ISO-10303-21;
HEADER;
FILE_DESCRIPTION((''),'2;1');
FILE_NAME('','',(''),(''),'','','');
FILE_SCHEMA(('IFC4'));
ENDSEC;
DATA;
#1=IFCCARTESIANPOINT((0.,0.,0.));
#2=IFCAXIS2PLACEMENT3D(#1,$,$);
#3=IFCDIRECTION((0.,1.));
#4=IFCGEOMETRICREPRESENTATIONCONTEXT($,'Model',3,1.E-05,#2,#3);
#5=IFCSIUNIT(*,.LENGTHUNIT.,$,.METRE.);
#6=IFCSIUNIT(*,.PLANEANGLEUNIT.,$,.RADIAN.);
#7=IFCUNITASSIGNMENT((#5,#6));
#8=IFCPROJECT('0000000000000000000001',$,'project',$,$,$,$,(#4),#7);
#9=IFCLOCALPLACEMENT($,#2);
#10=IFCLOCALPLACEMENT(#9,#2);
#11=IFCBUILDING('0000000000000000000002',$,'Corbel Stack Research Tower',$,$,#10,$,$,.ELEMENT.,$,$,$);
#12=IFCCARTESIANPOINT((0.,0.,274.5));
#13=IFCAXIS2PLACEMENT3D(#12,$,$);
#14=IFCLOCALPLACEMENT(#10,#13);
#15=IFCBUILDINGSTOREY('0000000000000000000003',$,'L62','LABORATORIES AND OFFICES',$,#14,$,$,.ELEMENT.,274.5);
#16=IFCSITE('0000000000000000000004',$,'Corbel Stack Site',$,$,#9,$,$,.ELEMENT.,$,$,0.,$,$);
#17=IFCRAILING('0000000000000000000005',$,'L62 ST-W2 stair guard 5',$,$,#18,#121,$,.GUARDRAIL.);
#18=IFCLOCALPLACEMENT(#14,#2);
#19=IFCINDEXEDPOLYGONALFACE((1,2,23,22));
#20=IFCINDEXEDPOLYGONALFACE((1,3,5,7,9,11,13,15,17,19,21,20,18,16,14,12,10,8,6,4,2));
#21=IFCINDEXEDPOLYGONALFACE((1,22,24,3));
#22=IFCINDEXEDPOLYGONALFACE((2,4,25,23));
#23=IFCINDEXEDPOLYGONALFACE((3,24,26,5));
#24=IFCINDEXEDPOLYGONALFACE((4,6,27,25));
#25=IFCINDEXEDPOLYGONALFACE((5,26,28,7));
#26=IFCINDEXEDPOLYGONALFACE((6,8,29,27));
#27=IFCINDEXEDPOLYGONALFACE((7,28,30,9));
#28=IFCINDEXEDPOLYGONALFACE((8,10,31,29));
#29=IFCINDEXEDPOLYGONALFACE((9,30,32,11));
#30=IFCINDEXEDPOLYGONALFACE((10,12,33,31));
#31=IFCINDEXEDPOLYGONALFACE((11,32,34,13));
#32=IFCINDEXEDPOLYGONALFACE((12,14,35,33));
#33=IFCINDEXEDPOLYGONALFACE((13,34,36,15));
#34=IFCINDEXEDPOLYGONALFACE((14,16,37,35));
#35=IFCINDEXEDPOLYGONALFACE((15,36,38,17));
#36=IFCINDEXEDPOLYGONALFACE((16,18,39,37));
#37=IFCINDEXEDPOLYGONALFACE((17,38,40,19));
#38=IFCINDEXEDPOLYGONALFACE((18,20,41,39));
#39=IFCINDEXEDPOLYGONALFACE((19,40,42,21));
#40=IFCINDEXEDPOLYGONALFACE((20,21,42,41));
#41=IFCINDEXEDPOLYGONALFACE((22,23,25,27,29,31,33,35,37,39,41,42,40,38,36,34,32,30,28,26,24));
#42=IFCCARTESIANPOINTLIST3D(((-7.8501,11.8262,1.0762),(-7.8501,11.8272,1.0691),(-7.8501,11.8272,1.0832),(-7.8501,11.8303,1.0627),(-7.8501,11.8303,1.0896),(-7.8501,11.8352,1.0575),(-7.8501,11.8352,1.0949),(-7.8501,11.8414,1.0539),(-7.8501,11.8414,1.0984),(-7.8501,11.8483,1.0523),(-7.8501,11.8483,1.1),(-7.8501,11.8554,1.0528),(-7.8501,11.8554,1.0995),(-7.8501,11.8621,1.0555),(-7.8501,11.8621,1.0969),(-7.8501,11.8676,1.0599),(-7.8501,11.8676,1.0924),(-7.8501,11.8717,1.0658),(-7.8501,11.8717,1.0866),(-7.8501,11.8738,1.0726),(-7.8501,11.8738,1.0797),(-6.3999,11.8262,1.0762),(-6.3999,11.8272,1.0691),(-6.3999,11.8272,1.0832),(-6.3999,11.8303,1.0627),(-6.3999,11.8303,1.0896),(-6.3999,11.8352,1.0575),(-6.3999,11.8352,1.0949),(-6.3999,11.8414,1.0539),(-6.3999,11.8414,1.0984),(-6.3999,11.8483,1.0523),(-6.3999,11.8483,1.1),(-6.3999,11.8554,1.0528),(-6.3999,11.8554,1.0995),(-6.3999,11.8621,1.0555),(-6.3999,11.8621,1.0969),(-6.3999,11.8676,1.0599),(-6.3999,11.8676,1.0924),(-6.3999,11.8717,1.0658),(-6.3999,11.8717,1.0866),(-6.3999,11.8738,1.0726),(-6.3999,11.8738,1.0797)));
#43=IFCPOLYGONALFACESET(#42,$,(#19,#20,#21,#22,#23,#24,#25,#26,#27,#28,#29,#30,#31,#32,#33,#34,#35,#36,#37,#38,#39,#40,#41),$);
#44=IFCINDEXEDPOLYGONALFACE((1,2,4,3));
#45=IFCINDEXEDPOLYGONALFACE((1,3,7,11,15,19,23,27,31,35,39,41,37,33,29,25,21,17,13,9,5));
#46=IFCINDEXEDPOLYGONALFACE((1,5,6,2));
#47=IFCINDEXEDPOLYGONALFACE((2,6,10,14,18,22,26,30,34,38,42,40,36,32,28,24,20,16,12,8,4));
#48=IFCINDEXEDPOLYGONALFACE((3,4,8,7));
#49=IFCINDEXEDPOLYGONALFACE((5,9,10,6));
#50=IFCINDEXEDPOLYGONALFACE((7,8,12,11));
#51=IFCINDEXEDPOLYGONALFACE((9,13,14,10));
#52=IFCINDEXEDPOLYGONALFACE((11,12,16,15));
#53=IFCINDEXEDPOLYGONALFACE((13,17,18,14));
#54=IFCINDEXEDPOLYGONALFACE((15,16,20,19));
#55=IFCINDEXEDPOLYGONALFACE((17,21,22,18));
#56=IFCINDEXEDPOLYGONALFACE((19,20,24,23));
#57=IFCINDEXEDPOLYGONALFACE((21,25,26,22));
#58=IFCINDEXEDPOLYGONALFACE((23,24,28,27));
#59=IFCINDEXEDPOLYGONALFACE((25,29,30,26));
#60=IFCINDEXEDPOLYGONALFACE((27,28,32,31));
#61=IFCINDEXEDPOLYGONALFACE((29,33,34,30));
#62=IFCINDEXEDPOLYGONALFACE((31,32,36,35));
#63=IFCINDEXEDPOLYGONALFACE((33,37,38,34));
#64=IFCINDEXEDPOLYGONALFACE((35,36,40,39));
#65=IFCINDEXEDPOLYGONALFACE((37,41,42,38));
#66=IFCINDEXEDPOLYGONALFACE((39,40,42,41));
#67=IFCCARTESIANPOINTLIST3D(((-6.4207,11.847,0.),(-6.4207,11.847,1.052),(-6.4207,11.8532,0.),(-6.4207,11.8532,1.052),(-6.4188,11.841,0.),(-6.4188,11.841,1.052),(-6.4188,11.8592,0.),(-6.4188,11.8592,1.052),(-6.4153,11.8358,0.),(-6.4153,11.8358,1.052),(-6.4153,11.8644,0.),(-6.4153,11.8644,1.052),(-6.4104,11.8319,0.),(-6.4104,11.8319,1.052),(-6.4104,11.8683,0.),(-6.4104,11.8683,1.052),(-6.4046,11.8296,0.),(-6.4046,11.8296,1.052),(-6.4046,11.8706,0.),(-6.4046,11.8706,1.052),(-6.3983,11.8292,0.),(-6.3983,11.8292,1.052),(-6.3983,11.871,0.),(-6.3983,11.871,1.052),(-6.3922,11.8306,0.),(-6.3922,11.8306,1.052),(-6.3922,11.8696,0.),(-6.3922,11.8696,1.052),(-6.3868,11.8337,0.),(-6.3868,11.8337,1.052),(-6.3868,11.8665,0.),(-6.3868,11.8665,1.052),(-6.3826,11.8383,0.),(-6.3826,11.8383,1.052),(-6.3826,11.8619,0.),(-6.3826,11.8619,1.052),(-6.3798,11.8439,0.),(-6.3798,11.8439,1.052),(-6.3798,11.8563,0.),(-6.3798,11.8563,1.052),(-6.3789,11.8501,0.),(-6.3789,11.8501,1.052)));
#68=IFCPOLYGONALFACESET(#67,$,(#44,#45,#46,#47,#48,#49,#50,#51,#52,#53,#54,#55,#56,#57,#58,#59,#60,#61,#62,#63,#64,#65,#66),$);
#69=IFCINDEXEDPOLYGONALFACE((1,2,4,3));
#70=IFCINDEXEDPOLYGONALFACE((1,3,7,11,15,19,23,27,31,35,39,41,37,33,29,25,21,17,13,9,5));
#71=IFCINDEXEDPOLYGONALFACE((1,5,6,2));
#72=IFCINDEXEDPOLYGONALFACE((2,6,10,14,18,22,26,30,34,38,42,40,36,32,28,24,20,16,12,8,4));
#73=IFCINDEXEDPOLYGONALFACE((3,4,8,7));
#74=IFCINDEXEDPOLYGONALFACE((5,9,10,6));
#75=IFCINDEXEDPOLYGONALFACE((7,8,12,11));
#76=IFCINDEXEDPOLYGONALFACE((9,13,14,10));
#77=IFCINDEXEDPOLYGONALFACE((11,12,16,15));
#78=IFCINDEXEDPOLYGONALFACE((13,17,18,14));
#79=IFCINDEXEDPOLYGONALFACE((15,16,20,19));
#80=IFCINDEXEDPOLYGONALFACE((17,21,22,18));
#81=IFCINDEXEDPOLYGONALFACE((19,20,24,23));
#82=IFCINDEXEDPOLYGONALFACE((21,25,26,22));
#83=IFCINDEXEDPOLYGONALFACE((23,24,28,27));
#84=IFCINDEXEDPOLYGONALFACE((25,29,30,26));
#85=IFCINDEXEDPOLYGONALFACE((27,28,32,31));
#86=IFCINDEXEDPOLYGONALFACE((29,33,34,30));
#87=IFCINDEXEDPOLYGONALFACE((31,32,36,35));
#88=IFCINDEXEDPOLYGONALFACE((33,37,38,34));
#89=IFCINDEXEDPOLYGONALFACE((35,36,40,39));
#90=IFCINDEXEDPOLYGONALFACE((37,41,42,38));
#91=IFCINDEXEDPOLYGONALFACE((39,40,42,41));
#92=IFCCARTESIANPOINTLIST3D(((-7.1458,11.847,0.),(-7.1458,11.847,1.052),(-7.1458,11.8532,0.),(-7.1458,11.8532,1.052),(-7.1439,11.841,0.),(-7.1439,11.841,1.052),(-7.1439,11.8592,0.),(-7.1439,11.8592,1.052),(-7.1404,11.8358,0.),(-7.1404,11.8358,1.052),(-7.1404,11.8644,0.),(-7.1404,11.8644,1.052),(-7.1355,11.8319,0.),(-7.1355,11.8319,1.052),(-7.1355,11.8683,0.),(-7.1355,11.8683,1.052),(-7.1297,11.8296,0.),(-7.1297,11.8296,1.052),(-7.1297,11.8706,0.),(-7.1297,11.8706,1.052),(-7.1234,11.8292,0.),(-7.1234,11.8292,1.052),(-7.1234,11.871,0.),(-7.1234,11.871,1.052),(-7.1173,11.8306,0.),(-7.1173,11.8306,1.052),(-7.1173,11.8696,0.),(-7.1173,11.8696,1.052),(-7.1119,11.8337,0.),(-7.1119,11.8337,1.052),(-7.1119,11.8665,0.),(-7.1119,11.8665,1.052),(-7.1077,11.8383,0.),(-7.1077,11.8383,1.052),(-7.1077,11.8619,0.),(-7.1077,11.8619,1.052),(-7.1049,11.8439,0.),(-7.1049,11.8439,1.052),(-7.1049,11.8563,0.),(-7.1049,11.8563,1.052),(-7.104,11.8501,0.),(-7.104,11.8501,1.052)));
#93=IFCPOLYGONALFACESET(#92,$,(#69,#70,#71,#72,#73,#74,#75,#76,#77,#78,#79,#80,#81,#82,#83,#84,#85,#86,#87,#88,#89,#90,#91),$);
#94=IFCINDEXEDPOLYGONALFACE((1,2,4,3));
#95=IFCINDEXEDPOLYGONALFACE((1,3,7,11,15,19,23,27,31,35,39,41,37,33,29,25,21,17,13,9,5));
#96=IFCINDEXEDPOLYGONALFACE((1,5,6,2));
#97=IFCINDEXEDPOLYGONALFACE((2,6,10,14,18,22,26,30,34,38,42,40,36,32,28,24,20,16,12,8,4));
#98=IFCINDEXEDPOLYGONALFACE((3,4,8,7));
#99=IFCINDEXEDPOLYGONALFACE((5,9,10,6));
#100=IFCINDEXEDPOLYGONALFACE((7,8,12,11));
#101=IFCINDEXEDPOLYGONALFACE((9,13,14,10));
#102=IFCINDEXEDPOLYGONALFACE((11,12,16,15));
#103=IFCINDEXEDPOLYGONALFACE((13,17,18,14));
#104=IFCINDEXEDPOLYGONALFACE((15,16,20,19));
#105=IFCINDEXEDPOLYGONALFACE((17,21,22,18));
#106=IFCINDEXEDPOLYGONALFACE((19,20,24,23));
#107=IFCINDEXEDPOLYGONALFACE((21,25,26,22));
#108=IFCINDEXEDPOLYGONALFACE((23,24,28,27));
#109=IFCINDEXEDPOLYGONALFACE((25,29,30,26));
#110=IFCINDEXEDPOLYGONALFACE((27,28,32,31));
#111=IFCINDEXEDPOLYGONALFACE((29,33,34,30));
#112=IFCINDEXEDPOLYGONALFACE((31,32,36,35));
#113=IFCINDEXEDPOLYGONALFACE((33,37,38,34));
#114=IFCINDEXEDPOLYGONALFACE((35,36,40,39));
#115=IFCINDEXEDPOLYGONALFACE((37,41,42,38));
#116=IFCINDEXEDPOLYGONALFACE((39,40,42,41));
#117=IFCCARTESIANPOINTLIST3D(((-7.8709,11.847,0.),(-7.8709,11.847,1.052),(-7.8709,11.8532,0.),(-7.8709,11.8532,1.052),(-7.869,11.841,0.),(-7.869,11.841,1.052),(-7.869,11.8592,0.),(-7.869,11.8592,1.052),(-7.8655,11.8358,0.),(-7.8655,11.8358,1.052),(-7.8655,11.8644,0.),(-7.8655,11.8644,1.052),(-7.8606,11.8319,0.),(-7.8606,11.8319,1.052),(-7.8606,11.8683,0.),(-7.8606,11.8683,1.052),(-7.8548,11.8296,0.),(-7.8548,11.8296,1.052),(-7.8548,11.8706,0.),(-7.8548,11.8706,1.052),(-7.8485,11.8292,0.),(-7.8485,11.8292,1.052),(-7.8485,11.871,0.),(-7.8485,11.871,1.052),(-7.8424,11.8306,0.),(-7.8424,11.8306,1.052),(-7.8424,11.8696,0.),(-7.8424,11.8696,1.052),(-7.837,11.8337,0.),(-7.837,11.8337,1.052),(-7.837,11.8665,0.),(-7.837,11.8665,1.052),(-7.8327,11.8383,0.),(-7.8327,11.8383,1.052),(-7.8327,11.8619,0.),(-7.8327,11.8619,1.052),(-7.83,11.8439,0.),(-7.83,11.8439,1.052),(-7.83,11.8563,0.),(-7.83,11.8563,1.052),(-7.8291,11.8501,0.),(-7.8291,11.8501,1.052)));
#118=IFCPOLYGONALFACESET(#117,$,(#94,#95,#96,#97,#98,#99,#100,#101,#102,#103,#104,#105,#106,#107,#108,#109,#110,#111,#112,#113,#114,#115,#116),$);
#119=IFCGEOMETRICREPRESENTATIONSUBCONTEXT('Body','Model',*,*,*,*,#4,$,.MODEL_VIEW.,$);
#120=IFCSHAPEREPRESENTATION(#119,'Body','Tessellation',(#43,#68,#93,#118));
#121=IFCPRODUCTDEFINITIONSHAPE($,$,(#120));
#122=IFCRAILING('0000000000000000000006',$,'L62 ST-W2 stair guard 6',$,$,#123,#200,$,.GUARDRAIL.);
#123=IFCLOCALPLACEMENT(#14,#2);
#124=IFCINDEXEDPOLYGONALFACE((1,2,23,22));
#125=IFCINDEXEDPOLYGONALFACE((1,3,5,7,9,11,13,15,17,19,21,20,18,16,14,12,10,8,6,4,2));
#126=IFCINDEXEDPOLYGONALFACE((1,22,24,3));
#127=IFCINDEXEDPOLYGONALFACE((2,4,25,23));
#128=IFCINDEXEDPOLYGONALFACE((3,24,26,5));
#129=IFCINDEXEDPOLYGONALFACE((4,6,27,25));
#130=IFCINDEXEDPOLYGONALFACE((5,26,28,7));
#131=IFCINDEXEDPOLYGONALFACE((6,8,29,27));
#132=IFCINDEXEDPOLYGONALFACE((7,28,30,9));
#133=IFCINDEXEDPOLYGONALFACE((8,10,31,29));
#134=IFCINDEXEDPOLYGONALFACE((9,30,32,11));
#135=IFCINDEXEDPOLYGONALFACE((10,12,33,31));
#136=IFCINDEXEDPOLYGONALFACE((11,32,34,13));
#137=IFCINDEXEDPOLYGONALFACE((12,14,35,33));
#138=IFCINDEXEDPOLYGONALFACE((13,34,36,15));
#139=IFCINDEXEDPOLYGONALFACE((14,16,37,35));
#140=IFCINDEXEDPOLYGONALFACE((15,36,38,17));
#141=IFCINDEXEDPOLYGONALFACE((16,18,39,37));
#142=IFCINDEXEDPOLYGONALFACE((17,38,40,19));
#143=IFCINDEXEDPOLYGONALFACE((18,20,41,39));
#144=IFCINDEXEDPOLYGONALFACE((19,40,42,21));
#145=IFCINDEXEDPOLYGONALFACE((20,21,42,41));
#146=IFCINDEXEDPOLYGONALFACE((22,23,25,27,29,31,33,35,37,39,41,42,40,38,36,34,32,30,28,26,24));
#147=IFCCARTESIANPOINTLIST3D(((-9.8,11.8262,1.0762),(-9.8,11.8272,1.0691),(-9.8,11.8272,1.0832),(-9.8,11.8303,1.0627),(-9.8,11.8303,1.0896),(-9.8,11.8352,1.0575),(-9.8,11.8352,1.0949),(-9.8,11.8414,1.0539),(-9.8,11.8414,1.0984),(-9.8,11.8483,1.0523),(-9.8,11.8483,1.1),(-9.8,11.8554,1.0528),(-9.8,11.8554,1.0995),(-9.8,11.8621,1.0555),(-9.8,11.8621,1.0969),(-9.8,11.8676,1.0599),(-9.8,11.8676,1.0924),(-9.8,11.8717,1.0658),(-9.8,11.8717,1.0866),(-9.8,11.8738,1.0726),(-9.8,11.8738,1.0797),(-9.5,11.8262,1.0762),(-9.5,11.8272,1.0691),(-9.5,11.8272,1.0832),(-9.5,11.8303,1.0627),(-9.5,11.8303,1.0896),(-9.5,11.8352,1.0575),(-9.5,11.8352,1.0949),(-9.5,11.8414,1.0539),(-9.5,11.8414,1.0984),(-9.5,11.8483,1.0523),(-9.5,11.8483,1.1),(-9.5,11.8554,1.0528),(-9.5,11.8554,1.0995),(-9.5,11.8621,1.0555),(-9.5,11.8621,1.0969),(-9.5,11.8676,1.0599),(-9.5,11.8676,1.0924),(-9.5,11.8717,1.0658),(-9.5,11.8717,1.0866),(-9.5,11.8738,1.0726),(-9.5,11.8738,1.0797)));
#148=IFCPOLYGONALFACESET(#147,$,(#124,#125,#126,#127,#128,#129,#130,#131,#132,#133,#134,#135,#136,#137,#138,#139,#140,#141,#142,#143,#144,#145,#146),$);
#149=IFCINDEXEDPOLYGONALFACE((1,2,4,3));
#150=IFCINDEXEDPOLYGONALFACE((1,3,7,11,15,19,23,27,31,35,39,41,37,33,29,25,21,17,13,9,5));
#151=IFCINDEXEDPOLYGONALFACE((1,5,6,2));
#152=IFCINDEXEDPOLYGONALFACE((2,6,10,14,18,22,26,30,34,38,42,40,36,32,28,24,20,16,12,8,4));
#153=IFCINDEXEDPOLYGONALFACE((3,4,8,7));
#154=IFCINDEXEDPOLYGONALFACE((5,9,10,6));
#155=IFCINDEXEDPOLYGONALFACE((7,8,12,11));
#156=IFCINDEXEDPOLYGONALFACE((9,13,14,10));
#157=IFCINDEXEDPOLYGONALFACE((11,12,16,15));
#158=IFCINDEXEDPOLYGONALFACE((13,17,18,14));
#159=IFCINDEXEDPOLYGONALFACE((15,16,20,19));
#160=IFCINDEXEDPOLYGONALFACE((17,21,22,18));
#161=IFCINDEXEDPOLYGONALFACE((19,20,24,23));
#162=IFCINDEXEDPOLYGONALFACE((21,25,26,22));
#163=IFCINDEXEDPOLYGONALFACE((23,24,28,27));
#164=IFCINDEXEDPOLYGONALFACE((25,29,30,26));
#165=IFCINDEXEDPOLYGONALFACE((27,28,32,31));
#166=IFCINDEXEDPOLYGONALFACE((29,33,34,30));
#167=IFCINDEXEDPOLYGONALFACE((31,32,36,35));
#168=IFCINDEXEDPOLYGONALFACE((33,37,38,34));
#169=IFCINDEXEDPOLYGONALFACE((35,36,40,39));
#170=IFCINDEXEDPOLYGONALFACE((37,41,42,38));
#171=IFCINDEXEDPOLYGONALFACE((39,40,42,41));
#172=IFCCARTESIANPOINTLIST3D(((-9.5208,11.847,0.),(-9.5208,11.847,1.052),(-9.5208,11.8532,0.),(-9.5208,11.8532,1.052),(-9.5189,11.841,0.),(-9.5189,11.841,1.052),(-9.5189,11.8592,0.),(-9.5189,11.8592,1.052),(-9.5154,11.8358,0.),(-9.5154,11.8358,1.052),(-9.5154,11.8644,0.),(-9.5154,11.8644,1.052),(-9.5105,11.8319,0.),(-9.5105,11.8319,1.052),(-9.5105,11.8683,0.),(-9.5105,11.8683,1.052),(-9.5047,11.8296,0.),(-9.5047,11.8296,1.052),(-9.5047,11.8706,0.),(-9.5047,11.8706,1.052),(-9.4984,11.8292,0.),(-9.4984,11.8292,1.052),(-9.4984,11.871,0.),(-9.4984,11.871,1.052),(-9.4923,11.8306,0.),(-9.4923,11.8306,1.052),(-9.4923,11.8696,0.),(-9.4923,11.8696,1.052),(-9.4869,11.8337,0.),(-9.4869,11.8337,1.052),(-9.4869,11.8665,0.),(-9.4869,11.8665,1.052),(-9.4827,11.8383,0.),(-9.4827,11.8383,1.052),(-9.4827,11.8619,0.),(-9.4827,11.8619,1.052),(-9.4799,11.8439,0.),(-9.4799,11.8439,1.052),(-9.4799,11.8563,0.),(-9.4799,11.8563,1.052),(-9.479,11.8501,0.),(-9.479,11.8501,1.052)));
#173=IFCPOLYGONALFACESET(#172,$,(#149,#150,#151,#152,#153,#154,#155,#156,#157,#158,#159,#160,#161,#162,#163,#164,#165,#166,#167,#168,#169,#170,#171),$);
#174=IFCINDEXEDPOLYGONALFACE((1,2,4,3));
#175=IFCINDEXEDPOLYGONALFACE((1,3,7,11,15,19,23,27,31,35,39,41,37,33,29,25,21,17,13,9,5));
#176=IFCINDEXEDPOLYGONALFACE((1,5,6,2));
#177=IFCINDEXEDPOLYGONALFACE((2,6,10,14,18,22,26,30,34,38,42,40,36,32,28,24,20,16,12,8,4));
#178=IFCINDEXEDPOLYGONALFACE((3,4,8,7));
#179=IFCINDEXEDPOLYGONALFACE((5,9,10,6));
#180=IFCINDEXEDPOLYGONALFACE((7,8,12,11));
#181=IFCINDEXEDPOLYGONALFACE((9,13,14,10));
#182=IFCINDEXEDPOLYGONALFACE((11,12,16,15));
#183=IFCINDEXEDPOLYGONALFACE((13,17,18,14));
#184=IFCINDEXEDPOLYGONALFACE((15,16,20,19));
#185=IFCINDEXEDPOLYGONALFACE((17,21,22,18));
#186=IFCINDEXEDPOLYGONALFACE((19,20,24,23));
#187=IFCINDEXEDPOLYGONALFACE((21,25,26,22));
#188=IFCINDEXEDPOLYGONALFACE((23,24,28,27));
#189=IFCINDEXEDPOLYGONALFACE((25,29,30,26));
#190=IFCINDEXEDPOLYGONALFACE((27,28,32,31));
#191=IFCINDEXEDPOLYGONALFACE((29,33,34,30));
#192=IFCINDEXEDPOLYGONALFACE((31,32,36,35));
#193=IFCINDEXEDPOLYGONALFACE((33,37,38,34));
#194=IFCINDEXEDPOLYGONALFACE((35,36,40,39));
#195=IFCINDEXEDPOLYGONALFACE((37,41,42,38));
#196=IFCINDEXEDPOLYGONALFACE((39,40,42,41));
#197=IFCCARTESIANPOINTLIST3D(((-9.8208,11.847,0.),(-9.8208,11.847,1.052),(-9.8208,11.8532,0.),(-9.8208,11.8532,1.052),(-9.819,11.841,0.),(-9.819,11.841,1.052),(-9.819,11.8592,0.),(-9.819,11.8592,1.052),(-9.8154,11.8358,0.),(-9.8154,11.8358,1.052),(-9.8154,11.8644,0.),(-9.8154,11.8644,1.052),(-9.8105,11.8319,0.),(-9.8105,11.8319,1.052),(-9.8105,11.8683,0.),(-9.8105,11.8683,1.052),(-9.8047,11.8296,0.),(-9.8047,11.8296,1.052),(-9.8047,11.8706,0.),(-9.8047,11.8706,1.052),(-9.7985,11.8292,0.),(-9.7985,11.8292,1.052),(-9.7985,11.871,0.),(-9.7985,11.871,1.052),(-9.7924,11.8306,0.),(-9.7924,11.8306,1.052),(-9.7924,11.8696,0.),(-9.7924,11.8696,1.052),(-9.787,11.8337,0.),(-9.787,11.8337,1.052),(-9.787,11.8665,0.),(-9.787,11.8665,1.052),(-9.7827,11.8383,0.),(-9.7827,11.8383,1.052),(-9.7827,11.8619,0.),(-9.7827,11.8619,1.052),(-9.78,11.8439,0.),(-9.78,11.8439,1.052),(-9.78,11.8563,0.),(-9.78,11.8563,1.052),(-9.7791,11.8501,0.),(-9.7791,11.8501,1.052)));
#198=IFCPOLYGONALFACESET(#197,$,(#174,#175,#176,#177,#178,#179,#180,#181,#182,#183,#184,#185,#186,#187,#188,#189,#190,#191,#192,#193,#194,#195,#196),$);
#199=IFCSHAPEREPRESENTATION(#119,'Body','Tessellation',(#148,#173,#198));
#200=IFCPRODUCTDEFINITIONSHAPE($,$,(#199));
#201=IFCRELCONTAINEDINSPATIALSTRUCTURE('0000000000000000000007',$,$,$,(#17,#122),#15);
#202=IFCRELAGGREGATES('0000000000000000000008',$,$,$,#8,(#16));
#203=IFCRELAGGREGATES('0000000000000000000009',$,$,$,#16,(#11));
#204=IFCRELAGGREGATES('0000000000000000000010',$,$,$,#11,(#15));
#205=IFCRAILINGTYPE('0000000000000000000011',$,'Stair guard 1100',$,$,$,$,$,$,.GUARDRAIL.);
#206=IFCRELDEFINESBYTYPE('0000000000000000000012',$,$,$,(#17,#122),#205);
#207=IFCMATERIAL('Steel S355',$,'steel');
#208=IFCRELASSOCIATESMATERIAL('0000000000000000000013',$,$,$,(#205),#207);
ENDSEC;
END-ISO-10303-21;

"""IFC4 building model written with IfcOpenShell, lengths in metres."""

from ifc_helpers import new_model, si_unit, direction, frame, origin, origin_2d, place, context, subcontext, project, spatial, circle, extrude, material, type_object, element, save


model = new_model("IFC4")

# Units and contexts
model_context = context("Model", 3, precision=1e-05, world=origin(), true_north=direction((0.0, 1.0)))
body_context = subcontext(model_context, "Body", "Model", "MODEL_VIEW")
ifc_project = project(units=[si_unit("LENGTHUNIT", "METRE"), si_unit("PLANEANGLEUNIT", "RADIAN")], contexts=[model_context])

# Site, building, storey
site_placement = place(None, origin())
site = spatial("IfcSite", under=ifc_project, at=site_placement, Name="Corbel Stack Site", CompositionType="ELEMENT", RefElevation=0.0)
building_placement = place(site_placement, origin())
building = spatial("IfcBuilding", under=site, at=building_placement, Name="Corbel Stack Research Tower", CompositionType="ELEMENT")
storey_placement = place(building_placement, frame((0.0, 0.0, 274.5)))
storey = spatial("IfcBuildingStorey", under=building, at=storey_placement, Name="L62", Description="LABORATORIES AND OFFICES", CompositionType="ELEMENT", Elevation=274.5)

# Railings
ifc_material_1 = material(Name="Steel S355", Category="steel")
railing_type_1 = type_object("IfcRailingType", Name="Stair guard 1100", PredefinedType="GUARDRAIL", material=ifc_material_1)
railing_1_placement = place(storey_placement, frame((-6.3999, 11.8501, 0.0)))
element("IfcRailing", 1, at=railing_1_placement, inside=storey, type_object=railing_type_1, Name="L62 ST-W2 stair guard 5", PredefinedType="GUARDRAIL", context=body_context, shape_type="SweptSolid", body=[
    extrude(circle(Radius=0.0239, at=origin_2d()), frame((0.0, 0.0, 1.0762), z_axis=(-1.0, 0.0, 0.0), x_axis=(0.0, -1.0, 0.0)), (0.0, 0.0, 1.0), 1.4502),
    extrude(circle(Radius=0.021, at=origin_2d()), origin(), (0.0, 0.0, 1.0), 1.052),
    extrude(circle(Radius=0.021, at=origin_2d()), frame((-0.7251, 0.0, 0.0)), (0.0, 0.0, 1.0), 1.052),
    extrude(circle(Radius=0.021, at=origin_2d()), frame((-1.4502, 0.0, 0.0)), (0.0, 0.0, 1.0), 1.052),
])
railing_2_placement = place(storey_placement, frame((-9.5, 11.8501, 0.0)))
element("IfcRailing", 2, at=railing_2_placement, inside=storey, type_object=railing_type_1, Name="L62 ST-W2 stair guard 6", PredefinedType="GUARDRAIL", context=body_context, shape_type="SweptSolid", body=[
    extrude(circle(Radius=0.0239, at=origin_2d()), frame((0.0, 0.0, 1.0762), z_axis=(-1.0, 0.0, 0.0), x_axis=(0.0, -1.0, 0.0)), (0.0, 0.0, 1.0), 0.3),
    extrude(circle(Radius=0.021, at=origin_2d()), origin(), (0.0, 0.0, 1.0), 1.052),
    extrude(circle(Radius=0.021, at=origin_2d()), frame((-0.3, 0.0, 0.0)), (0.0, 0.0, 1.0), 1.052),
])

save(model, "model.ifc")
